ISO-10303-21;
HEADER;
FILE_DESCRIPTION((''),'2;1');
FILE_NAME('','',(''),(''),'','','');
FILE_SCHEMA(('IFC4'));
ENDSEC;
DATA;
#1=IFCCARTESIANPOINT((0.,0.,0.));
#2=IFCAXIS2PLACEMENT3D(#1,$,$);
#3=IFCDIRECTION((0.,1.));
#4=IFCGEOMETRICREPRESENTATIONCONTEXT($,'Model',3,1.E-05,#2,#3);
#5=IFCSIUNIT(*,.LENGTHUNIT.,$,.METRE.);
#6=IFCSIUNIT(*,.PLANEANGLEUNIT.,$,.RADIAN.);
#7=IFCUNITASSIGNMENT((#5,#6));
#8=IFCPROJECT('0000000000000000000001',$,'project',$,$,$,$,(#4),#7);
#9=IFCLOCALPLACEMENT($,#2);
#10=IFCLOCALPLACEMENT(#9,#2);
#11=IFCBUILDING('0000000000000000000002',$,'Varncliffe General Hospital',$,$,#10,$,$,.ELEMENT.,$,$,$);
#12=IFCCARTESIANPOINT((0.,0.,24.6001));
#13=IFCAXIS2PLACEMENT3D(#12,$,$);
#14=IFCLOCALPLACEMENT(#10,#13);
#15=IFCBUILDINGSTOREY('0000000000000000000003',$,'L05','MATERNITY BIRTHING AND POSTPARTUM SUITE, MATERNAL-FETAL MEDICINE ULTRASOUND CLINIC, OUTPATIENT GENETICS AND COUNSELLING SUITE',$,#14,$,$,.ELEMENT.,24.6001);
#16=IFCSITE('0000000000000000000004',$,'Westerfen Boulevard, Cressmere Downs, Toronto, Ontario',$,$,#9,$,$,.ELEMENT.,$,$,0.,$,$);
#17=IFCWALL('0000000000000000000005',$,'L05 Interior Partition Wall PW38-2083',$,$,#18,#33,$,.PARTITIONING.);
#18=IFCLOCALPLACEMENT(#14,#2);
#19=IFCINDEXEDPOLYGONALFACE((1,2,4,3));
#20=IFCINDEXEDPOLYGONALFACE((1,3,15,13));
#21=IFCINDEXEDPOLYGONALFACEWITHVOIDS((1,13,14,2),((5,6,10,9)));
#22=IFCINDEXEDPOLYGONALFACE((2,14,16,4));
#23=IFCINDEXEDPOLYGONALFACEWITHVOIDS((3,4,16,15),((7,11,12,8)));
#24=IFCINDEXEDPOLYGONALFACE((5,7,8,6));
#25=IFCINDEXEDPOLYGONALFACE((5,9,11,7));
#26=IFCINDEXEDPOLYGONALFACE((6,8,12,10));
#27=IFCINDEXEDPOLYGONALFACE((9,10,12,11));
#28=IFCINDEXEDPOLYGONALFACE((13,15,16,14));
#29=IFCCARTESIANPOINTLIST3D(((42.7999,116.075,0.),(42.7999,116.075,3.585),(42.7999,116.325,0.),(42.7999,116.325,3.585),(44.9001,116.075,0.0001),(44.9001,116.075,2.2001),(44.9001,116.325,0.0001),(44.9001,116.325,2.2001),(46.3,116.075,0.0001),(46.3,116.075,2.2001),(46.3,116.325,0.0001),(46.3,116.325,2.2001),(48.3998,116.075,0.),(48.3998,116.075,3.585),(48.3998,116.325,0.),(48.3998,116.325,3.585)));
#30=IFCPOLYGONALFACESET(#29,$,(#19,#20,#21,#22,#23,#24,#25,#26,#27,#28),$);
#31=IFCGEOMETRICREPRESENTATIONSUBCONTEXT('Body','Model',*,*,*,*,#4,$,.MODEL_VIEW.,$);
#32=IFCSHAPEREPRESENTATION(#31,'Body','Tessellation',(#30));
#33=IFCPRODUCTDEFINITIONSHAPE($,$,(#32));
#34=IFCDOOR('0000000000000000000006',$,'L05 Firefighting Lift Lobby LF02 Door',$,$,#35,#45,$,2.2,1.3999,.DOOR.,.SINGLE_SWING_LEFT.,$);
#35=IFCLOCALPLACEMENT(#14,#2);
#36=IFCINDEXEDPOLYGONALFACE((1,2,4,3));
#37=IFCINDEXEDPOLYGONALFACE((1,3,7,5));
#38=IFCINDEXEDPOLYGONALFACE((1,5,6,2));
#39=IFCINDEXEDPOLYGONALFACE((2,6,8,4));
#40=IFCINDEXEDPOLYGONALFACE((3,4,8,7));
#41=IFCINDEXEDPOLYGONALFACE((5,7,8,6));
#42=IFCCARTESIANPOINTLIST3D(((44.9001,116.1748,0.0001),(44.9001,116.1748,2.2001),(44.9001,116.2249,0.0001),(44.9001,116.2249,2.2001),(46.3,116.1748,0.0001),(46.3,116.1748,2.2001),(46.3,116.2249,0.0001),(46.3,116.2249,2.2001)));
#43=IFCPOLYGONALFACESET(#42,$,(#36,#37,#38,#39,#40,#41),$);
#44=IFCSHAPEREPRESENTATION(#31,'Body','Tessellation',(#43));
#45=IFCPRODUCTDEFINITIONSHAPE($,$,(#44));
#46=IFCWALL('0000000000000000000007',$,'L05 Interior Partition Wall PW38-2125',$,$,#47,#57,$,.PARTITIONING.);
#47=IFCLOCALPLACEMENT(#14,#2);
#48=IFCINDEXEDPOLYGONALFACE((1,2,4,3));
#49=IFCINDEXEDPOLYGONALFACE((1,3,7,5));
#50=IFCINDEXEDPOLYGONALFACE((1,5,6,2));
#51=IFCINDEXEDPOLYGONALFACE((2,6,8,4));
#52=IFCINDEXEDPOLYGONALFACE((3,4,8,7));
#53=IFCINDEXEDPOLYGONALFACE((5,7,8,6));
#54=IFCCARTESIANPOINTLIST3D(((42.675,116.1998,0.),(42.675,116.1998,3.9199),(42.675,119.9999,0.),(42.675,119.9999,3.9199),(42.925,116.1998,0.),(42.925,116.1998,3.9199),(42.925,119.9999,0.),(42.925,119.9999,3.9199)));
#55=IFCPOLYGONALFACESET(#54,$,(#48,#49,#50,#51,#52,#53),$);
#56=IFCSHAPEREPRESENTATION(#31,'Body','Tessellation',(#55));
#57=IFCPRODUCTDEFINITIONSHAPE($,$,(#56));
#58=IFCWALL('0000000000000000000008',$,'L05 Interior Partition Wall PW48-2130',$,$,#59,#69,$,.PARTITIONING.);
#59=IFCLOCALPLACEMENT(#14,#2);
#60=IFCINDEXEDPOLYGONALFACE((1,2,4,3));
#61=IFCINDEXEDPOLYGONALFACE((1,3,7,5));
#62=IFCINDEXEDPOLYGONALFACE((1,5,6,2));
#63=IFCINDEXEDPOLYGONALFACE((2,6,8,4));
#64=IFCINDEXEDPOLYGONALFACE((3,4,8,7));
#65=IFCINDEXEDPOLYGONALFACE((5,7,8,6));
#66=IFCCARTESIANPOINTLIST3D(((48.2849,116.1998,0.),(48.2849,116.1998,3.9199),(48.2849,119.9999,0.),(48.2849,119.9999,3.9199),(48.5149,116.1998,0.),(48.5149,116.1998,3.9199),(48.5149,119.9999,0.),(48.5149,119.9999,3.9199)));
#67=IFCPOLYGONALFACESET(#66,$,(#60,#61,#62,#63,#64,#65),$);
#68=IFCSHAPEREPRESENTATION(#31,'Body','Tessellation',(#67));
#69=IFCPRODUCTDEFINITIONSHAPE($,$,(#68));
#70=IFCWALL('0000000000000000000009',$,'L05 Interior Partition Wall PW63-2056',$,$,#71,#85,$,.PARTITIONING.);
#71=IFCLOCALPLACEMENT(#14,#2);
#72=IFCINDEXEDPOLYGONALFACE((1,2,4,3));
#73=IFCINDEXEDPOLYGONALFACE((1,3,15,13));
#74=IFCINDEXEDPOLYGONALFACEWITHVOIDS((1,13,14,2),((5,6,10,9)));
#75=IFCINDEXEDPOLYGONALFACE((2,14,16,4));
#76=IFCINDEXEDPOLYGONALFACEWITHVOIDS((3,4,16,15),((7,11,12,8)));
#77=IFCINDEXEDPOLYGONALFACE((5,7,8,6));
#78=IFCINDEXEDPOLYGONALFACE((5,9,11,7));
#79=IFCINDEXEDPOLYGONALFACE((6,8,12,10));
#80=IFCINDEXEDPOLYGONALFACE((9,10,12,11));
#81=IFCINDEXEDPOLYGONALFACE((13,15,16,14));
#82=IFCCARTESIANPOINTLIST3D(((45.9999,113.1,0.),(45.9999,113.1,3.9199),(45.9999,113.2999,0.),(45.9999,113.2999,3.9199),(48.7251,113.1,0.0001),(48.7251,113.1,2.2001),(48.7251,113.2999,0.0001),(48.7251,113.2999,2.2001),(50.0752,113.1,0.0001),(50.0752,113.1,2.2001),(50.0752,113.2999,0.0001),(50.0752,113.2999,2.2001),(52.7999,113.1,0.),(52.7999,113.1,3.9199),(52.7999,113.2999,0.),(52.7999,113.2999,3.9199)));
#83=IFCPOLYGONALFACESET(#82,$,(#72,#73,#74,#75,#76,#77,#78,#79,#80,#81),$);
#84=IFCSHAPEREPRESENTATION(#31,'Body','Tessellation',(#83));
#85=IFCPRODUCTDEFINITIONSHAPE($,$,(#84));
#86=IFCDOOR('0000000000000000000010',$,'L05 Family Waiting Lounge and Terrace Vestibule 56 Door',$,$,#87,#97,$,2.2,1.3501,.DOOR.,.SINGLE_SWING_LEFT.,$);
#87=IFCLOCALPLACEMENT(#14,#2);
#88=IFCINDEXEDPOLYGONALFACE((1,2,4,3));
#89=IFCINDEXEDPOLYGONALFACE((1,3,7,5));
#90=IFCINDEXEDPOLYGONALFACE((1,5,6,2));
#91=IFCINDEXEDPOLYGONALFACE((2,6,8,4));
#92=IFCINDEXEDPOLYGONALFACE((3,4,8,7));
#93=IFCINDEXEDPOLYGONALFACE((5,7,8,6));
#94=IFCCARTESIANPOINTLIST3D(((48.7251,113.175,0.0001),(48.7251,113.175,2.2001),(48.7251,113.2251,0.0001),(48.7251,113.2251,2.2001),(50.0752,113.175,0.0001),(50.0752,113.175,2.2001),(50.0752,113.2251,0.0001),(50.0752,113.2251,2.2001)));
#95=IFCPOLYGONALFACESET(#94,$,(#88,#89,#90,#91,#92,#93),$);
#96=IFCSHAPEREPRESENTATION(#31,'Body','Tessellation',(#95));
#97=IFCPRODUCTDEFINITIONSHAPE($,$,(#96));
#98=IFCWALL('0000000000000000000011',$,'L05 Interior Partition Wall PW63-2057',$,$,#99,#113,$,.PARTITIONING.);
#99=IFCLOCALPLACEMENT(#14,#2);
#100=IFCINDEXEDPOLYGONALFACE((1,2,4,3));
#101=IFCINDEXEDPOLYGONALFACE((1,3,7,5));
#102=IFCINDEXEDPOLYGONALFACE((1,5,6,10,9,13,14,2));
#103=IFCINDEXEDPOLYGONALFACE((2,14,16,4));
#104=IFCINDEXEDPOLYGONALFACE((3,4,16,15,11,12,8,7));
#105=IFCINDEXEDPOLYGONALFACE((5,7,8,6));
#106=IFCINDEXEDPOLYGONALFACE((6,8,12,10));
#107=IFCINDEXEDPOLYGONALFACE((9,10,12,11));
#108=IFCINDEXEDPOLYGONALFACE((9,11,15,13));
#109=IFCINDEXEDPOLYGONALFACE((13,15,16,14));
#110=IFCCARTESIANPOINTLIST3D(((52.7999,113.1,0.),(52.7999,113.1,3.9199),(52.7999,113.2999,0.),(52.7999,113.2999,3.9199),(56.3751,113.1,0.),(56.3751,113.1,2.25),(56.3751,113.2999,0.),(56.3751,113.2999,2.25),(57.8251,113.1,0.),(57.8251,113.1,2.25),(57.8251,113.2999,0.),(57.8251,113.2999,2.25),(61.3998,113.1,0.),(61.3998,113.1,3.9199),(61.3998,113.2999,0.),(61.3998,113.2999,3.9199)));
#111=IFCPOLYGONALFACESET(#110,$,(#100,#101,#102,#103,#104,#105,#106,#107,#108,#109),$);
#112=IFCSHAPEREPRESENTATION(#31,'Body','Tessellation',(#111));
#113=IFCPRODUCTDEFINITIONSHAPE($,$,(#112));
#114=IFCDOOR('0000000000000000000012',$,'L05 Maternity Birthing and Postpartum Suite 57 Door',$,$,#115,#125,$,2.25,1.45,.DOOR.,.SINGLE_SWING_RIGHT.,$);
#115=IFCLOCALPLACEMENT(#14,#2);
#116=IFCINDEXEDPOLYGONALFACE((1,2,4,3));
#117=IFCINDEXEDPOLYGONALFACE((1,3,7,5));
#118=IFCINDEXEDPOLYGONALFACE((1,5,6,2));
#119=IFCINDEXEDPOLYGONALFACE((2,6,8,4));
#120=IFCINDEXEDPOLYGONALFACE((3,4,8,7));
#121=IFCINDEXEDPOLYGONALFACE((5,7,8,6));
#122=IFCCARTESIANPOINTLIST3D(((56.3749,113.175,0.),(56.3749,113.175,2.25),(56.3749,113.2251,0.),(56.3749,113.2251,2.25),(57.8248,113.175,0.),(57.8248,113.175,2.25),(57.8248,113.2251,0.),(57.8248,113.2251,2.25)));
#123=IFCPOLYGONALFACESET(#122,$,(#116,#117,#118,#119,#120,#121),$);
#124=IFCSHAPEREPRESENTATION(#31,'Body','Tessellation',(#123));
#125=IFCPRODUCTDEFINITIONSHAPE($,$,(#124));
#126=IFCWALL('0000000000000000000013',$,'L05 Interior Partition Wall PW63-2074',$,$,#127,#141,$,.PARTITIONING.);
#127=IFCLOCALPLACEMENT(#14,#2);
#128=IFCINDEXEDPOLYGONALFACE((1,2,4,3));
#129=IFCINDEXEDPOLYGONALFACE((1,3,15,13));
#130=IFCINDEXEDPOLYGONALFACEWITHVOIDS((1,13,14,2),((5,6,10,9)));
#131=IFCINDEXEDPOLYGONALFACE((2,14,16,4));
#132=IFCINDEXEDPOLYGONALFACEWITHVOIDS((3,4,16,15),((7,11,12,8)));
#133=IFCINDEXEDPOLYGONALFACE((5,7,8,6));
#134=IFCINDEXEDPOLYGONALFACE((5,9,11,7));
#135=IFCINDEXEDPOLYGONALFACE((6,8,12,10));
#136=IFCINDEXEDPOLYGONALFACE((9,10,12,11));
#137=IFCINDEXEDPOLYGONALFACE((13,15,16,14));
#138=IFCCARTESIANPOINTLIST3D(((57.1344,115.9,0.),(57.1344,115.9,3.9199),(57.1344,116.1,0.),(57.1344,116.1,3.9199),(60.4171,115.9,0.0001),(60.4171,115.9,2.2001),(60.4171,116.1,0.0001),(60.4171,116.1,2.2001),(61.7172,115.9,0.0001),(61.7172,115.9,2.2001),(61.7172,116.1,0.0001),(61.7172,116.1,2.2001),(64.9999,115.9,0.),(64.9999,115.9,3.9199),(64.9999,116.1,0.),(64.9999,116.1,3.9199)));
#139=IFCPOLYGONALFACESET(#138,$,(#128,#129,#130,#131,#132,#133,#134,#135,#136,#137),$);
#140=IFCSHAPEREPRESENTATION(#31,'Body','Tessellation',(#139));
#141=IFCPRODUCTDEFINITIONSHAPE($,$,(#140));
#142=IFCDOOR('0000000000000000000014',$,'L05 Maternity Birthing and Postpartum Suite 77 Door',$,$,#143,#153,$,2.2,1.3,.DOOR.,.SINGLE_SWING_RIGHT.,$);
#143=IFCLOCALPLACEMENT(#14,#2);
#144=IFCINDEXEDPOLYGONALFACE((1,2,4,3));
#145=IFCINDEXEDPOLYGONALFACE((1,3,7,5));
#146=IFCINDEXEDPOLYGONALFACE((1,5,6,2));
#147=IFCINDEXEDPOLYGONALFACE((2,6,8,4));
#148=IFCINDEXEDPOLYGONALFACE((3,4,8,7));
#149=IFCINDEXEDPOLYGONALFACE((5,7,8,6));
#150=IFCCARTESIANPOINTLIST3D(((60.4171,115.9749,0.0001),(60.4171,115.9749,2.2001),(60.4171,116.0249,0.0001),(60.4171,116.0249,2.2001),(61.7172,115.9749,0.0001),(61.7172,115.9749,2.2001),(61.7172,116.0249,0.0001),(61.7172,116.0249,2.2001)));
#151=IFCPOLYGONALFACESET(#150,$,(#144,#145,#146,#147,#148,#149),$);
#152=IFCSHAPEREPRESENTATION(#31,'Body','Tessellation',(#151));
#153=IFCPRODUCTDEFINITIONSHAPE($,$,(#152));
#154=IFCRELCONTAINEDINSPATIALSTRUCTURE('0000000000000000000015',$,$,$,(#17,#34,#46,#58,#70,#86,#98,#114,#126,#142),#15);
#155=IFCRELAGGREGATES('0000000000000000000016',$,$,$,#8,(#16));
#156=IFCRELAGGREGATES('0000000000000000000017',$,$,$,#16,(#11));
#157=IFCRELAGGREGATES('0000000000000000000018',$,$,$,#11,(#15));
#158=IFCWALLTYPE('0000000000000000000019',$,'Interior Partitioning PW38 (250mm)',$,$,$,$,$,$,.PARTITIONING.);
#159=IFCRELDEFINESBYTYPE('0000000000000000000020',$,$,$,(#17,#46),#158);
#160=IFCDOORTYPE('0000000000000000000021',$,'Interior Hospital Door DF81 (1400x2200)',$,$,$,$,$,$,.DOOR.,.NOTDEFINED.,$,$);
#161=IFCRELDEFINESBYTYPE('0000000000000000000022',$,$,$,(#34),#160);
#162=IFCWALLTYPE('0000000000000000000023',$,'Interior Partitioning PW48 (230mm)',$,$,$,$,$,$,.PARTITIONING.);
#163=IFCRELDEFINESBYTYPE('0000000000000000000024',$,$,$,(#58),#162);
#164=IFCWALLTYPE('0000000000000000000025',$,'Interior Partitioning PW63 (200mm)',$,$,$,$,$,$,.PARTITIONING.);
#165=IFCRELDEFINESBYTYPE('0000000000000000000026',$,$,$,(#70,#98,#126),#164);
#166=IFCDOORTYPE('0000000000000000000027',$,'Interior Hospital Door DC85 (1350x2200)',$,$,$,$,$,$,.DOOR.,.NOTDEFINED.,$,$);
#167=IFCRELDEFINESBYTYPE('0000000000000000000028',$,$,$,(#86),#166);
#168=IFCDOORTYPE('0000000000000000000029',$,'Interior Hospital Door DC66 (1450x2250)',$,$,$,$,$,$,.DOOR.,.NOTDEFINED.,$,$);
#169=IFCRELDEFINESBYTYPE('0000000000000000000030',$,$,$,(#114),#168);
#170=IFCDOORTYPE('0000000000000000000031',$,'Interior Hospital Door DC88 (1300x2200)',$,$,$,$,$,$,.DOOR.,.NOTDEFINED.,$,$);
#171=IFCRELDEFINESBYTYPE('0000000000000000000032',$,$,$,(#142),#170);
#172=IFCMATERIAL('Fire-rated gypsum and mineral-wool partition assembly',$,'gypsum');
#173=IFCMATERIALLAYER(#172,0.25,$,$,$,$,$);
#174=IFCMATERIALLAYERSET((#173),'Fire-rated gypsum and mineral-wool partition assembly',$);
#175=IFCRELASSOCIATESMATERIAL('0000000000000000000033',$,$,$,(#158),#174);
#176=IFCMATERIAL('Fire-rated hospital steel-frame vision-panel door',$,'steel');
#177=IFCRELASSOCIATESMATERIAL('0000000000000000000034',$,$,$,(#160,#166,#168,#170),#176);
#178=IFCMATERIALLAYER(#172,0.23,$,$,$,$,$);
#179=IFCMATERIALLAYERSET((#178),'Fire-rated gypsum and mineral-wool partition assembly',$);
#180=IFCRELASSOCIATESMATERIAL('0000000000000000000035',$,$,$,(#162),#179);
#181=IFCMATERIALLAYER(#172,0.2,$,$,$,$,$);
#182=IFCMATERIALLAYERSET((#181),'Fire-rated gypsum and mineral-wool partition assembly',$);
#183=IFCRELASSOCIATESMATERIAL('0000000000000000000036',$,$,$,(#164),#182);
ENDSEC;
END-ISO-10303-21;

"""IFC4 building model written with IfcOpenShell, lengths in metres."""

from ifc_helpers import new_model, si_unit, direction, frame, frame_2d, origin, place, context, subcontext, project, spatial, rectangle, extrude, material, layer, layer_set, type_object, element, fill, save


model = new_model("IFC4")

# Units and contexts
model_context = context("Model", 3, precision=1e-05, world=origin(), true_north=direction((0.0, 1.0)))
body_context = subcontext(model_context, "Body", "Model", "MODEL_VIEW")
ifc_project = project(units=[si_unit("LENGTHUNIT", "METRE"), si_unit("PLANEANGLEUNIT", "RADIAN")], contexts=[model_context])

# Site, building, storey
site_placement = place(None, origin())
site = spatial("IfcSite", under=ifc_project, at=site_placement, Name="Westerfen Boulevard, Cressmere Downs, Toronto, Ontario", CompositionType="ELEMENT", RefElevation=0.0)
building_placement = place(site_placement, origin())
building = spatial("IfcBuilding", under=site, at=building_placement, Name="Varncliffe General Hospital", CompositionType="ELEMENT")
storey_placement = place(building_placement, frame((0.0, 0.0, 24.6001)))
storey = spatial("IfcBuildingStorey", under=building, at=storey_placement, Name="L05", Description="MATERNITY BIRTHING AND POSTPARTUM SUITE, MATERNAL-FETAL MEDICINE ULTRASOUND CLINIC, OUTPATIENT GENETICS AND COUNSELLING SUITE", CompositionType="ELEMENT", Elevation=24.6001)

# Wall, opening, door
ifc_material_1 = material(Name="Fire-rated gypsum and mineral-wool partition assembly", Category="gypsum")
ifc_layer_1 = layer(ifc_material_1, 0.25)
ifc_layer_set_1 = layer_set([ifc_layer_1], Name="Fire-rated gypsum and mineral-wool partition assembly")
wall_type_1 = type_object("IfcWallType", Name="Interior Partitioning PW38 (250mm)", PredefinedType="PARTITIONING", material=ifc_layer_set_1)
wall_1_placement = place(storey_placement, frame((42.8, 116.2, 0.0), z_axis=(0.0, 0.0, 1.0), x_axis=(1.0, 0.0, 0.0)))
wall_1 = element("IfcWall", 1, at=wall_1_placement, inside=storey, type_object=wall_type_1, Name="L05 Interior Partition Wall PW38-2083", PredefinedType="PARTITIONING", context=body_context, shape_type="SweptSolid", body=[
    extrude(rectangle(XDim=5.5999, YDim=0.25, at=frame_2d((2.7998, 0.0))), origin(), (0.0, 0.0, 1.0), 3.585),
])
opening_1_placement = place(wall_1_placement, frame((2.1001, 0.0, 0.0)))
opening_1 = element("IfcOpeningElement", 2, at=opening_1_placement, cuts=wall_1, PredefinedType="OPENING", context=body_context, shape_type="SweptSolid", body=[
    extrude(rectangle(XDim=1.3999, YDim=2.2, at=frame_2d((0.7, 1.1001))), frame((0.0, 0.135, 0.0), z_axis=(0.0, -1.0, 0.0), x_axis=(1.0, 0.0, 0.0)), (0.0, 0.0, 1.0), 0.27),
])
ifc_material_2 = material(Name="Fire-rated hospital steel-frame vision-panel door", Category="steel")
door_type_1 = type_object("IfcDoorType", Name="Interior Hospital Door DF81 (1400x2200)", OperationType="NOTDEFINED", PredefinedType="DOOR", material=ifc_material_2)
door_1_placement = place(opening_1_placement, origin())
door_1 = element("IfcDoor", 3, at=door_1_placement, inside=storey, type_object=door_type_1, Name="L05 Firefighting Lift Lobby LF02 Door", OperationType="SINGLE_SWING_LEFT", OverallHeight=2.2, OverallWidth=1.3999, PredefinedType="DOOR", context=body_context, shape_type="SweptSolid", body=[
    extrude(rectangle(XDim=1.3999, YDim=2.2, at=frame_2d((0.7, 1.1001))), frame((0.0, 0.0249, 0.0), z_axis=(0.0, -1.0, 0.0), x_axis=(1.0, 0.0, 0.0)), (0.0, 0.0, 1.0), 0.05),
])
fill(opening_1, door_1)

# Walls
wall_2_placement = place(storey_placement, frame((42.8, 116.2, 0.0), z_axis=(0.0, 0.0, 1.0), x_axis=(0.0, 1.0, 0.0)))
element("IfcWall", 4, at=wall_2_placement, inside=storey, type_object=wall_type_1, Name="L05 Interior Partition Wall PW38-2125", PredefinedType="PARTITIONING", context=body_context, shape_type="SweptSolid", body=[
    extrude(rectangle(XDim=3.8, YDim=0.25, at=frame_2d((1.8999, 0.0))), origin(), (0.0, 0.0, 1.0), 3.9199),
])
ifc_layer_2 = layer(ifc_material_1, 0.23)
ifc_layer_set_2 = layer_set([ifc_layer_2], Name="Fire-rated gypsum and mineral-wool partition assembly")
wall_type_2 = type_object("IfcWallType", Name="Interior Partitioning PW48 (230mm)", PredefinedType="PARTITIONING", material=ifc_layer_set_2)
wall_3_placement = place(storey_placement, frame((48.3999, 116.2, 0.0), z_axis=(0.0, 0.0, 1.0), x_axis=(0.0, 1.0, 0.0)))
element("IfcWall", 5, at=wall_3_placement, inside=storey, type_object=wall_type_2, Name="L05 Interior Partition Wall PW48-2130", PredefinedType="PARTITIONING", context=body_context, shape_type="SweptSolid", body=[
    extrude(rectangle(XDim=3.8, YDim=0.23, at=frame_2d((1.8999, 0.0))), origin(), (0.0, 0.0, 1.0), 3.9199),
])

# Walls, openings, doors
ifc_layer_3 = layer(ifc_material_1, 0.2)
ifc_layer_set_3 = layer_set([ifc_layer_3], Name="Fire-rated gypsum and mineral-wool partition assembly")
wall_type_3 = type_object("IfcWallType", Name="Interior Partitioning PW63 (200mm)", PredefinedType="PARTITIONING", material=ifc_layer_set_3)
wall_4_placement = place(storey_placement, frame((46.0, 113.2, 0.0), z_axis=(0.0, 0.0, 1.0), x_axis=(1.0, 0.0, 0.0)))
wall_4 = element("IfcWall", 6, at=wall_4_placement, inside=storey, type_object=wall_type_3, Name="L05 Interior Partition Wall PW63-2056", PredefinedType="PARTITIONING", context=body_context, shape_type="SweptSolid", body=[
    extrude(rectangle(XDim=6.8, YDim=0.2, at=frame_2d((3.3999, 0.0))), origin(), (0.0, 0.0, 1.0), 3.9199),
])
opening_2_placement = place(wall_4_placement, frame((2.7251, 0.0, 0.0)))
opening_2 = element("IfcOpeningElement", 7, at=opening_2_placement, cuts=wall_4, PredefinedType="OPENING", context=body_context, shape_type="SweptSolid", body=[
    extrude(rectangle(XDim=1.3501, YDim=2.2, at=frame_2d((0.675, 1.1001))), frame((0.0, 0.1099, 0.0), z_axis=(0.0, -1.0, 0.0), x_axis=(1.0, 0.0, 0.0)), (0.0, 0.0, 1.0), 0.22),
])
door_type_2 = type_object("IfcDoorType", Name="Interior Hospital Door DC85 (1350x2200)", OperationType="NOTDEFINED", PredefinedType="DOOR", material=ifc_material_2)
door_2_placement = place(opening_2_placement, frame((1.3501, 0.0, 0.0), z_axis=(0.0, 0.0, 1.0), x_axis=(-1.0, 0.0, 0.0)))
door_2 = element("IfcDoor", 8, at=door_2_placement, inside=storey, type_object=door_type_2, Name="L05 Family Waiting Lounge and Terrace Vestibule 56 Door", OperationType="SINGLE_SWING_LEFT", OverallHeight=2.2, OverallWidth=1.3501, PredefinedType="DOOR", context=body_context, shape_type="SweptSolid", body=[
    extrude(rectangle(XDim=1.3501, YDim=2.2, at=frame_2d((0.675, 1.1001))), frame((0.0, 0.0249, 0.0), z_axis=(0.0, -1.0, 0.0), x_axis=(1.0, 0.0, 0.0)), (0.0, 0.0, 1.0), 0.05),
])
fill(opening_2, door_2)
wall_5_placement = place(storey_placement, frame((52.8, 113.2, 0.0), z_axis=(0.0, 0.0, 1.0), x_axis=(1.0, 0.0, 0.0)))
wall_5 = element("IfcWall", 9, at=wall_5_placement, inside=storey, type_object=wall_type_3, Name="L05 Interior Partition Wall PW63-2057", PredefinedType="PARTITIONING", context=body_context, shape_type="SweptSolid", body=[
    extrude(rectangle(XDim=8.5999, YDim=0.2, at=frame_2d((4.2998, 0.0))), origin(), (0.0, 0.0, 1.0), 3.9199),
])
opening_3_placement = place(wall_5_placement, frame((3.575, 0.0, 0.0)))
opening_3 = element("IfcOpeningElement", 10, at=opening_3_placement, cuts=wall_5, PredefinedType="OPENING", context=body_context, shape_type="SweptSolid", body=[
    extrude(rectangle(XDim=1.45, YDim=2.25, at=frame_2d((0.7251, 1.125))), frame((0.0, 0.1099, 0.0), z_axis=(0.0, -1.0, 0.0), x_axis=(1.0, 0.0, 0.0)), (0.0, 0.0, 1.0), 0.22),
])
door_type_3 = type_object("IfcDoorType", Name="Interior Hospital Door DC66 (1450x2250)", OperationType="NOTDEFINED", PredefinedType="DOOR", material=ifc_material_2)
door_3_placement = place(opening_3_placement, frame((1.45, 0.0, 0.0), z_axis=(0.0, 0.0, 1.0), x_axis=(-1.0, 0.0, 0.0)))
door_3 = element("IfcDoor", 11, at=door_3_placement, inside=storey, type_object=door_type_3, Name="L05 Maternity Birthing and Postpartum Suite 57 Door", OperationType="SINGLE_SWING_RIGHT", OverallHeight=2.25, OverallWidth=1.45, PredefinedType="DOOR", context=body_context, shape_type="SweptSolid", body=[
    extrude(rectangle(XDim=1.45, YDim=2.25, at=frame_2d((0.7251, 1.125))), frame((0.0, 0.0249, 0.0), z_axis=(0.0, -1.0, 0.0), x_axis=(1.0, 0.0, 0.0)), (0.0, 0.0, 1.0), 0.05),
])
fill(opening_3, door_3)
wall_6_placement = place(storey_placement, frame((57.1345, 116.0, 0.0), z_axis=(0.0, 0.0, 1.0), x_axis=(1.0, 0.0, 0.0)))
wall_6 = element("IfcWall", 12, at=wall_6_placement, inside=storey, type_object=wall_type_3, Name="L05 Interior Partition Wall PW63-2074", PredefinedType="PARTITIONING", context=body_context, shape_type="SweptSolid", body=[
    extrude(rectangle(XDim=7.8655, YDim=0.2, at=frame_2d((3.9326, 0.0))), origin(), (0.0, 0.0, 1.0), 3.9199),
])
opening_4_placement = place(wall_6_placement, frame((3.2827, 0.0, 0.0)))
opening_4 = element("IfcOpeningElement", 13, at=opening_4_placement, cuts=wall_6, PredefinedType="OPENING", context=body_context, shape_type="SweptSolid", body=[
    extrude(rectangle(XDim=1.3, YDim=2.2, at=frame_2d((0.6499, 1.1001))), frame((0.0, 0.1099, 0.0), z_axis=(0.0, -1.0, 0.0), x_axis=(1.0, 0.0, 0.0)), (0.0, 0.0, 1.0), 0.22),
])
door_type_4 = type_object("IfcDoorType", Name="Interior Hospital Door DC88 (1300x2200)", OperationType="NOTDEFINED", PredefinedType="DOOR", material=ifc_material_2)
door_4_placement = place(opening_4_placement, origin())
door_4 = element("IfcDoor", 14, at=door_4_placement, inside=storey, type_object=door_type_4, Name="L05 Maternity Birthing and Postpartum Suite 77 Door", OperationType="SINGLE_SWING_RIGHT", OverallHeight=2.2, OverallWidth=1.3, PredefinedType="DOOR", context=body_context, shape_type="SweptSolid", body=[
    extrude(rectangle(XDim=1.3, YDim=2.2, at=frame_2d((0.6499, 1.1001))), frame((0.0, 0.0249, 0.0), z_axis=(0.0, -1.0, 0.0), x_axis=(1.0, 0.0, 0.0)), (0.0, 0.0, 1.0), 0.05),
])
fill(opening_4, door_4)

save(model, "model.ifc")
